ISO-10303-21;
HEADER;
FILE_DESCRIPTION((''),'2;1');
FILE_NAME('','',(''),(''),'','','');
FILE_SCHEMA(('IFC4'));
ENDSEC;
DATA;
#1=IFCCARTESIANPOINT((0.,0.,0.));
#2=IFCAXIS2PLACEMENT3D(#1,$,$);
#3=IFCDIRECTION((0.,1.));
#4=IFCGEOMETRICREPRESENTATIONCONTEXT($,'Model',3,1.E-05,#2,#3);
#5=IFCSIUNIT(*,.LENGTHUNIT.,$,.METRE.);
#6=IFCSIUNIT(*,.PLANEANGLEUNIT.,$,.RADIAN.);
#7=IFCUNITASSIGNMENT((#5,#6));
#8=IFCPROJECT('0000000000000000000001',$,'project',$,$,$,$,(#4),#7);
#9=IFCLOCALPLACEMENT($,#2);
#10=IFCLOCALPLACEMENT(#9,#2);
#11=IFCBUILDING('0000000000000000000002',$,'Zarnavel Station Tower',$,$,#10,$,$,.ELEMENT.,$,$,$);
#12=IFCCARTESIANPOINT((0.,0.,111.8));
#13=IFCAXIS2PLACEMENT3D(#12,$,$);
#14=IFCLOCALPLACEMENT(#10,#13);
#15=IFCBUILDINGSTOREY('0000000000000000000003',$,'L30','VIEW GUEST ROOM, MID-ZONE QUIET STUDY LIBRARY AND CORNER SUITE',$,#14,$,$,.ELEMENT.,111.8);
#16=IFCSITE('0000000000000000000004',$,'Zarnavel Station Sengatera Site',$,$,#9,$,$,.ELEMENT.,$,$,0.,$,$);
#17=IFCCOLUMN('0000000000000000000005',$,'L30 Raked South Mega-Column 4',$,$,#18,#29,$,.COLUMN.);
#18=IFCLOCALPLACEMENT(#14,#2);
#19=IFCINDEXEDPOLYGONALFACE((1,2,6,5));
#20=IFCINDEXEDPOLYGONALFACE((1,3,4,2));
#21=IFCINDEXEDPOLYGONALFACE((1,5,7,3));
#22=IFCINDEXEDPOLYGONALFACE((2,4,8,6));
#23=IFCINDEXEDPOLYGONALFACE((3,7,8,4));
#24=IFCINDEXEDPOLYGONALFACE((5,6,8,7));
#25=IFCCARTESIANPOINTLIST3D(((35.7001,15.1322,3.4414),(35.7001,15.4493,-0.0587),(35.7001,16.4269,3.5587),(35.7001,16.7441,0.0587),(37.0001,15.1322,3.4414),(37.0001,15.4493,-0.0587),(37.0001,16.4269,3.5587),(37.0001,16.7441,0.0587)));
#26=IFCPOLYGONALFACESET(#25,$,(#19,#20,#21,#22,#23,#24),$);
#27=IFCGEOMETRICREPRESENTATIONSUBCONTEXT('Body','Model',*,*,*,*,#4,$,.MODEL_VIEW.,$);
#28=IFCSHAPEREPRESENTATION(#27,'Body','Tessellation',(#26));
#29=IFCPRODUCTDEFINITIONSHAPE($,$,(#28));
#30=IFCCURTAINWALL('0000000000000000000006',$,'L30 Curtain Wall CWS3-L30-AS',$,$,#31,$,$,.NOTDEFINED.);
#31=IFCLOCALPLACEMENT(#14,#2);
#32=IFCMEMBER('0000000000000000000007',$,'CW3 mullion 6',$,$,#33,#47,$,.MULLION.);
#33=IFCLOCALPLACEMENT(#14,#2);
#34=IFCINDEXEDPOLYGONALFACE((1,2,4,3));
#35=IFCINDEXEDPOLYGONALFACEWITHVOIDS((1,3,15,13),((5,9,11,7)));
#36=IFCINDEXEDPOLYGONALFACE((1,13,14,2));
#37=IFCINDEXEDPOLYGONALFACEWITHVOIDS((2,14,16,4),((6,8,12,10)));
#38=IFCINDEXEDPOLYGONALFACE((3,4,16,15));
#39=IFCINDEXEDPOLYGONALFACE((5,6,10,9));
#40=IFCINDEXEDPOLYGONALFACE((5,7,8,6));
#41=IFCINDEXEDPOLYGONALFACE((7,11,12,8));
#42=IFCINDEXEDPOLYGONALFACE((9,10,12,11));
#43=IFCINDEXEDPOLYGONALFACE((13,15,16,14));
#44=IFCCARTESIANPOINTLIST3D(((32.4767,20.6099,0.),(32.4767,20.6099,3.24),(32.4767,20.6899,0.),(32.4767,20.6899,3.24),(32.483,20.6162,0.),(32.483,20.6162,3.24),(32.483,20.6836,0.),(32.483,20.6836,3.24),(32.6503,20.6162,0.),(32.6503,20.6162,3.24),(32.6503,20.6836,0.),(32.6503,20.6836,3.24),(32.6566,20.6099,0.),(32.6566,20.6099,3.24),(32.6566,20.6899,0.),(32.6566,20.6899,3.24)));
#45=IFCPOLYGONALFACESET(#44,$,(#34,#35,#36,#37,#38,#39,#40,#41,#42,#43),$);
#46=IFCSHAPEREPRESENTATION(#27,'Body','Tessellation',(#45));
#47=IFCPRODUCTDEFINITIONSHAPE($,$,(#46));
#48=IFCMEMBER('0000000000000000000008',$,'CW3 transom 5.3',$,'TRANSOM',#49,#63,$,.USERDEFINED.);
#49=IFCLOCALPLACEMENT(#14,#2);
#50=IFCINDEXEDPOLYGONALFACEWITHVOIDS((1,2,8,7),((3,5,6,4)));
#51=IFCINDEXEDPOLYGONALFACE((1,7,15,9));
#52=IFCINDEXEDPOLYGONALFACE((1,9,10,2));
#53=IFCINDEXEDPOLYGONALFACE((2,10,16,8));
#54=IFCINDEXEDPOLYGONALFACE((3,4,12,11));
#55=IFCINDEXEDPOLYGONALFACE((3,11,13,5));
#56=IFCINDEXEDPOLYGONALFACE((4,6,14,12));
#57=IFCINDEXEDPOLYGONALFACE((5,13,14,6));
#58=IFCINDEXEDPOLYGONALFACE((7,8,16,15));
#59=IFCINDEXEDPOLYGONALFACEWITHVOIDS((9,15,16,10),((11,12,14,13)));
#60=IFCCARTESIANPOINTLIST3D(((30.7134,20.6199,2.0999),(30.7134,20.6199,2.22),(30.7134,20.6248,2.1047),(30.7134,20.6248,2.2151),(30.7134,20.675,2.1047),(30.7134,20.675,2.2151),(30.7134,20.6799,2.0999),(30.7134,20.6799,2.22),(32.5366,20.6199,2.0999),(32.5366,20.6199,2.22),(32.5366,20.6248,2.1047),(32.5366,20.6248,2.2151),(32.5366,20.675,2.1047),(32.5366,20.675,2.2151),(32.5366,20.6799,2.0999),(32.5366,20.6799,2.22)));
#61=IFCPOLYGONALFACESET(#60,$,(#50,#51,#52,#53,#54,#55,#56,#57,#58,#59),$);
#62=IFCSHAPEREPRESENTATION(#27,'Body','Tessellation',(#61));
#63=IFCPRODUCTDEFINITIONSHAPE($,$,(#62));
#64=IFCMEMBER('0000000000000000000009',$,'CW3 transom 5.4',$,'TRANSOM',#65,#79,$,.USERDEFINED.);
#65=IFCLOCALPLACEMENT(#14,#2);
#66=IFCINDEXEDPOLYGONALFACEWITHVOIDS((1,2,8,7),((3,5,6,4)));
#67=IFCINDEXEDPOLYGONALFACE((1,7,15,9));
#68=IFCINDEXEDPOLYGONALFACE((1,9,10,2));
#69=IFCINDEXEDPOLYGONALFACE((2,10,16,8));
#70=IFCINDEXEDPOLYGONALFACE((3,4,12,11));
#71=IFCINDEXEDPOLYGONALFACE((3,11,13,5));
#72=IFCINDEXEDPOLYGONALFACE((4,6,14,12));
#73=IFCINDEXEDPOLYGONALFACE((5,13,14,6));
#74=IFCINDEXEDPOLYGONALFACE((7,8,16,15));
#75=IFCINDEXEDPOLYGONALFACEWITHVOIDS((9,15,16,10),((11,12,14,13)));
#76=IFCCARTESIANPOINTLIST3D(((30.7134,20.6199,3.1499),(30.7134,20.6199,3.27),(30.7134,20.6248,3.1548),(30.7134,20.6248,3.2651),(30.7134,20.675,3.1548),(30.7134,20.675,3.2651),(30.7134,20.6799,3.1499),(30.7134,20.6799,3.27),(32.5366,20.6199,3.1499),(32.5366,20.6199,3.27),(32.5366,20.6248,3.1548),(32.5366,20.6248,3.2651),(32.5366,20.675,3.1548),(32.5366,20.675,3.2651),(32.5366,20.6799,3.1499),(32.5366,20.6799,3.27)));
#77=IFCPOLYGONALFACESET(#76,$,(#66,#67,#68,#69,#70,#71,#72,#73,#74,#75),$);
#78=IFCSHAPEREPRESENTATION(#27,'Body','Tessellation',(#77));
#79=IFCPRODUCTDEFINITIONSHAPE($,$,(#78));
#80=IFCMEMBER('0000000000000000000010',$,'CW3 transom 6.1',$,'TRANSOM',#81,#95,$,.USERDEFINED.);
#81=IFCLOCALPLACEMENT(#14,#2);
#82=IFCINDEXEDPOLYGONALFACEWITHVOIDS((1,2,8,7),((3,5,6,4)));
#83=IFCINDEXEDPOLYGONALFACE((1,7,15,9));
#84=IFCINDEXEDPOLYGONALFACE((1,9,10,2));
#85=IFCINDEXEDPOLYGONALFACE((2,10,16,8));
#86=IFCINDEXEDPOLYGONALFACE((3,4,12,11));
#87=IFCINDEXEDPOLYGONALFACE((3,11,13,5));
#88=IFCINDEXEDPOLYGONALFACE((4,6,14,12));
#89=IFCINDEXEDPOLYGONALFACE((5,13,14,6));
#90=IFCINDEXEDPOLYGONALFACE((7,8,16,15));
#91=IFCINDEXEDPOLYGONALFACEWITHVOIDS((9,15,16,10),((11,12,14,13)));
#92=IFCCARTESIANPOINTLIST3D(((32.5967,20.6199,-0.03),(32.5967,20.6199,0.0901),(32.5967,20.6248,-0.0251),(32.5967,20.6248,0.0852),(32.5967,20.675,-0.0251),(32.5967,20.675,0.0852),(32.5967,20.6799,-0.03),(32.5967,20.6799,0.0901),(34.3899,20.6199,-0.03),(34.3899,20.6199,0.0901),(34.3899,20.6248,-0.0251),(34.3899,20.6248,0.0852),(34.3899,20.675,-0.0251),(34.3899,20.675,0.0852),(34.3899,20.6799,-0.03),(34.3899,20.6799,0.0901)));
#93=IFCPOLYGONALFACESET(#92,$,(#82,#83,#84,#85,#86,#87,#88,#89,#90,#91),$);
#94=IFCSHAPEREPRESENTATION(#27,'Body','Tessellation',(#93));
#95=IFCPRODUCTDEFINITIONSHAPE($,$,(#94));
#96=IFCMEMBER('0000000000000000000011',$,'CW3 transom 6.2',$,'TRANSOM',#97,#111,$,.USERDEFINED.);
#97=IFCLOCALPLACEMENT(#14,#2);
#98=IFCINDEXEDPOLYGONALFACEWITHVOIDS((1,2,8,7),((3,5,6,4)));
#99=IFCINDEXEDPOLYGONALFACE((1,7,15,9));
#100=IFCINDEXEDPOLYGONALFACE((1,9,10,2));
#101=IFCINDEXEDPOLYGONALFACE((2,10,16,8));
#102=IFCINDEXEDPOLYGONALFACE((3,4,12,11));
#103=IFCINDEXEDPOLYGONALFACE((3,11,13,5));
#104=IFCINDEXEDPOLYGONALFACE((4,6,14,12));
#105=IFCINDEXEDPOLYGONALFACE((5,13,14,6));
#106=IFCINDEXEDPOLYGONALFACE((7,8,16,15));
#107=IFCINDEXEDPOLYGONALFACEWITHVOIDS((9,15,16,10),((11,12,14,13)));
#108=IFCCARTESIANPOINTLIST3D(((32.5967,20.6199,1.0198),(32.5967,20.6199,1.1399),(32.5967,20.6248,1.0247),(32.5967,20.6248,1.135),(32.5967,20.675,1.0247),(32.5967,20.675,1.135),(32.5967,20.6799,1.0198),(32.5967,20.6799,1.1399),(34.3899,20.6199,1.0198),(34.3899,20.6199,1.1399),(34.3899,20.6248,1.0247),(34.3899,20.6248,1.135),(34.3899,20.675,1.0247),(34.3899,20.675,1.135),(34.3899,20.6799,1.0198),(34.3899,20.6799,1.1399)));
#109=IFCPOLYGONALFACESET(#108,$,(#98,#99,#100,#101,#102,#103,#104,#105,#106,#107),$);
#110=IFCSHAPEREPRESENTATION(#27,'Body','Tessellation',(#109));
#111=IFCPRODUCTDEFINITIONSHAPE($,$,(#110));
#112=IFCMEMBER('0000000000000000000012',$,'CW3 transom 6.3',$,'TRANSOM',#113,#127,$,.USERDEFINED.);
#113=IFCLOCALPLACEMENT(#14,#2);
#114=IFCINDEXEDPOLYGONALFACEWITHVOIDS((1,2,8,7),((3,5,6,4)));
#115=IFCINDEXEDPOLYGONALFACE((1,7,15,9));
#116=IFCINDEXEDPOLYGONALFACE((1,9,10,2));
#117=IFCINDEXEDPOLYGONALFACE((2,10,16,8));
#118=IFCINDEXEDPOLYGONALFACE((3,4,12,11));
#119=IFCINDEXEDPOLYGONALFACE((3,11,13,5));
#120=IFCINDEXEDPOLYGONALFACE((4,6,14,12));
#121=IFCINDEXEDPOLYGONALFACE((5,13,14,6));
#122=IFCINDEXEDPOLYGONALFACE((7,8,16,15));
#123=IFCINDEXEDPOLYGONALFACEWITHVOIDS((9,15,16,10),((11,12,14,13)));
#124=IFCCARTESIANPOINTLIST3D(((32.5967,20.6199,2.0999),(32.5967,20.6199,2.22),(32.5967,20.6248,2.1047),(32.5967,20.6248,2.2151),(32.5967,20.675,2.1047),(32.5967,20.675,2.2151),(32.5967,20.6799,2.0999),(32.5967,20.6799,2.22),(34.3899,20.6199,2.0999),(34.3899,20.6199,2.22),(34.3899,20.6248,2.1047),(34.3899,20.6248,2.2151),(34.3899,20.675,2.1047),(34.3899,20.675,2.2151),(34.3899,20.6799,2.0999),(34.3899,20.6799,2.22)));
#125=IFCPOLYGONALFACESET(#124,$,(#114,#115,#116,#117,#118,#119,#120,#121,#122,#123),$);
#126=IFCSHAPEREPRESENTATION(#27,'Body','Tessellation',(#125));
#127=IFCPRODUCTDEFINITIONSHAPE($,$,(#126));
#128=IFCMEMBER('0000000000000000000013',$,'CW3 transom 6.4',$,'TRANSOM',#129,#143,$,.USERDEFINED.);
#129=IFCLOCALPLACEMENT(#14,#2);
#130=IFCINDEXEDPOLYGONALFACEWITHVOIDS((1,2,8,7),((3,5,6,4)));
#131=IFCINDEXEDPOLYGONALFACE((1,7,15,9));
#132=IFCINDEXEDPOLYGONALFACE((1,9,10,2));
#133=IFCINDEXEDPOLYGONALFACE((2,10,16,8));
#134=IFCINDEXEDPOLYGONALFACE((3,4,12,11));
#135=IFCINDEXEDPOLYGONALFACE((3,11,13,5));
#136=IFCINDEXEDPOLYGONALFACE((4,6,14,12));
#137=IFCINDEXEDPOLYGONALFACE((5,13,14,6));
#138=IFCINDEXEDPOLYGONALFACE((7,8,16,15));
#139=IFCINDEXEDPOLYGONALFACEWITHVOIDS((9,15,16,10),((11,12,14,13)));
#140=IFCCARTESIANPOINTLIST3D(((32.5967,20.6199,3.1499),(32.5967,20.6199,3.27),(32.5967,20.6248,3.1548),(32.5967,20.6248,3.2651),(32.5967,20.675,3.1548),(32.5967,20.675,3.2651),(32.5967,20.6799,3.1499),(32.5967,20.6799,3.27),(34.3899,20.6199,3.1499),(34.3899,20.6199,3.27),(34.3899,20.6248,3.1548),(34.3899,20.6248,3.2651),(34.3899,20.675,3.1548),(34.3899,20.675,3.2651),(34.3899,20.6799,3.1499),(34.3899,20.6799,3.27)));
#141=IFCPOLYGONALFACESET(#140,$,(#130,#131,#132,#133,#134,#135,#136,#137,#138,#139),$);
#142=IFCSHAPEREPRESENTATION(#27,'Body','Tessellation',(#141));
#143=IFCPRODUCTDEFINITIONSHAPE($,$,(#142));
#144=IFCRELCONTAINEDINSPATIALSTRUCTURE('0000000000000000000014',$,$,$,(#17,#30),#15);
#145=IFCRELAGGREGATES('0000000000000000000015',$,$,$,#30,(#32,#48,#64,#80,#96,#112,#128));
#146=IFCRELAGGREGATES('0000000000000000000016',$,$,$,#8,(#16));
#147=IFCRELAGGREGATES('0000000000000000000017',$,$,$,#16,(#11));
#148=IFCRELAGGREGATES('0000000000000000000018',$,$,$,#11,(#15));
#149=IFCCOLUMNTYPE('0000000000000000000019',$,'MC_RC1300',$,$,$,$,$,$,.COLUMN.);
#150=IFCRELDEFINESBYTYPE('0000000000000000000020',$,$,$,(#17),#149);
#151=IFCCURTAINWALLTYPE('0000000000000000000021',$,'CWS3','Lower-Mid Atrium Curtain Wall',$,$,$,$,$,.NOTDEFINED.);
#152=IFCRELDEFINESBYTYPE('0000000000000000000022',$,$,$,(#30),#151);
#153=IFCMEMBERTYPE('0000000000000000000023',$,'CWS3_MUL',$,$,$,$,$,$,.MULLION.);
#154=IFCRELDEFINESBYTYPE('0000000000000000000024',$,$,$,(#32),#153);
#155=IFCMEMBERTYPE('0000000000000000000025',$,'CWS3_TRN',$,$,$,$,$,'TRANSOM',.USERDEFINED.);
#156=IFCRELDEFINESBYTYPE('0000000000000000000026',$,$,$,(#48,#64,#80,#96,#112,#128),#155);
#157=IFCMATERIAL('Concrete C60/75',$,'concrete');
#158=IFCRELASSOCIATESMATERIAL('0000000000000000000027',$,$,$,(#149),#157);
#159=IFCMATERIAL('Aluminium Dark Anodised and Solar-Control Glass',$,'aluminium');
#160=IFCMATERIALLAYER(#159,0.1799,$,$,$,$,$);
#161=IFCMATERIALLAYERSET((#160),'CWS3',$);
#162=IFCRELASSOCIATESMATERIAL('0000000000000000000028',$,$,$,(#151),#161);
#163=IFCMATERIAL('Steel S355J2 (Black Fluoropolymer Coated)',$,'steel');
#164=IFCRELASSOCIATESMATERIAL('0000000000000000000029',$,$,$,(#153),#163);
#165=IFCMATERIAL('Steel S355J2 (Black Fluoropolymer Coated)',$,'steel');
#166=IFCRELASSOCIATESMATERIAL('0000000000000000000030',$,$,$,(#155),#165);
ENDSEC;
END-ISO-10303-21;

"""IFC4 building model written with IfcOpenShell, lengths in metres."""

from ifc_helpers import new_model, si_unit, direction, frame, origin, origin_2d, place, context, subcontext, project, spatial, rectangle, hollow_rectangle, extrude, material, layer, layer_set, material_profile, profile_set, type_object, element, aggregate, save


model = new_model("IFC4")

# Units and contexts
model_context = context("Model", 3, precision=1e-05, world=origin(), true_north=direction((0.0, 1.0)))
body_context = subcontext(model_context, "Body", "Model", "MODEL_VIEW")
ifc_project = project(units=[si_unit("LENGTHUNIT", "METRE"), si_unit("PLANEANGLEUNIT", "RADIAN")], contexts=[model_context])

# Site, building, storey
site_placement = place(None, origin())
site = spatial("IfcSite", under=ifc_project, at=site_placement, Name="Zarnavel Station Sengatera Site", CompositionType="ELEMENT", RefElevation=0.0)
building_placement = place(site_placement, origin())
building = spatial("IfcBuilding", under=site, at=building_placement, Name="Zarnavel Station Tower", CompositionType="ELEMENT")
storey_placement = place(building_placement, frame((0.0, 0.0, 111.8)))
storey = spatial("IfcBuildingStorey", under=building, at=storey_placement, Name="L30", Description="VIEW GUEST ROOM, MID-ZONE QUIET STUDY LIBRARY AND CORNER SUITE", CompositionType="ELEMENT", Elevation=111.8)

# Column
ifc_material_1 = material(Name="Concrete C60/75", Category="concrete")
ifc_material_profile_1 = material_profile(ifc_material_1, rectangle(XDim=1.3, YDim=1.3, at=origin_2d()), Name="RC1300x1300")
ifc_profile_set_1 = profile_set([ifc_material_profile_1], Name="Concrete C60/75")
column_type = type_object("IfcColumnType", Name="MC_RC1300", PredefinedType="COLUMN", material=ifc_profile_set_1)
column_placement = place(storey_placement, frame((36.3501, 16.0967, 0.0), z_axis=(0.0, -0.090241, 0.99592), x_axis=(1.0, 0.0, 0.0)))
element("IfcColumn", 1, at=column_placement, inside=storey, type_object=column_type, Name="L30 Raked South Mega-Column 4", PredefinedType="COLUMN", context=body_context, shape_type="SweptSolid", body=[
    extrude(rectangle(XDim=1.3, YDim=1.3, at=origin_2d()), origin(), (0.0, 0.0, 1.0), 3.5144),
])

# Curtain wall, members
ifc_material_2 = material(Name="Aluminium Dark Anodised and Solar-Control Glass", Category="aluminium")
ifc_layer_1 = layer(ifc_material_2, 0.1799)
ifc_layer_set_1 = layer_set([ifc_layer_1], Name="CWS3")
curtain_wall_type = type_object("IfcCurtainWallType", Name="CWS3", Description="Lower-Mid Atrium Curtain Wall", PredefinedType="NOTDEFINED", material=ifc_layer_set_1)
curtain_wall_placement = place(storey_placement, origin())
curtain_wall = element("IfcCurtainWall", 2, at=curtain_wall_placement, inside=storey, type_object=curtain_wall_type, Name="L30 Curtain Wall CWS3-L30-AS", PredefinedType="NOTDEFINED")
ifc_material_3 = material(Name="Steel S355J2 (Black Fluoropolymer Coated)", Category="steel")
ifc_material_profile_2 = material_profile(ifc_material_3, hollow_rectangle(XDim=0.0801, YDim=0.1799, WallThickness=0.0063, at=origin_2d()), Name="RHS180x80x6.3")
ifc_profile_set_2 = profile_set([ifc_material_profile_2], Name="Steel S355J2 (Black Fluoropolymer Coated)")
member_type_1 = type_object("IfcMemberType", Name="CWS3_MUL", PredefinedType="MULLION", material=ifc_profile_set_2)
member_1_placement = place(storey_placement, frame((32.5667, 20.6499, 0.0), z_axis=(0.0, 0.0, 1.0), x_axis=(0.0, 1.0, 0.0)))
member_1 = element("IfcMember", 3, at=member_1_placement, type_object=member_type_1, Name="CW3 mullion 6", PredefinedType="MULLION", context=body_context, shape_type="SweptSolid", body=[
    extrude(hollow_rectangle(XDim=0.0801, YDim=0.1799, WallThickness=0.0063, at=origin_2d()), origin(), (0.0, 0.0, 1.0), 3.24),
])
ifc_material_4 = material(Name="Steel S355J2 (Black Fluoropolymer Coated)", Category="steel")
ifc_material_profile_3 = material_profile(ifc_material_4, hollow_rectangle(XDim=0.0601, YDim=0.1201, WallThickness=0.0049, at=origin_2d()), Name="RHS120x60x5")
ifc_profile_set_3 = profile_set([ifc_material_profile_3], Name="Steel S355J2 (Black Fluoropolymer Coated)")
member_type_2 = type_object("IfcMemberType", Name="CWS3_TRN", ElementType="TRANSOM", PredefinedType="USERDEFINED", material=ifc_profile_set_3)
member_2_placement = place(storey_placement, frame((30.7134, 20.6499, 2.1599), z_axis=(1.0, 0.0, 0.0), x_axis=(0.0, 1.0, 0.0)))
member_2 = element("IfcMember", 4, at=member_2_placement, type_object=member_type_2, Name="CW3 transom 5.3", ObjectType="TRANSOM", PredefinedType="USERDEFINED", context=body_context, shape_type="SweptSolid", body=[
    extrude(hollow_rectangle(XDim=0.0601, YDim=0.1201, WallThickness=0.0049, at=origin_2d()), origin(), (0.0, 0.0, 1.0), 1.8232),
])
member_3_placement = place(storey_placement, frame((30.7134, 20.6499, 3.21), z_axis=(1.0, 0.0, 0.0), x_axis=(0.0, 1.0, 0.0)))
member_3 = element("IfcMember", 5, at=member_3_placement, type_object=member_type_2, Name="CW3 transom 5.4", ObjectType="TRANSOM", PredefinedType="USERDEFINED", context=body_context, shape_type="SweptSolid", body=[
    extrude(hollow_rectangle(XDim=0.0601, YDim=0.1201, WallThickness=0.0049, at=origin_2d()), origin(), (0.0, 0.0, 1.0), 1.8232),
])
member_4_placement = place(storey_placement, frame((32.5967, 20.6499, 0.03), z_axis=(1.0, 0.0, 0.0), x_axis=(0.0, 1.0, 0.0)))
member_4 = element("IfcMember", 6, at=member_4_placement, type_object=member_type_2, Name="CW3 transom 6.1", ObjectType="TRANSOM", PredefinedType="USERDEFINED", context=body_context, shape_type="SweptSolid", body=[
    extrude(hollow_rectangle(XDim=0.0601, YDim=0.1201, WallThickness=0.0049, at=origin_2d()), origin(), (0.0, 0.0, 1.0), 1.7932),
])
member_5_placement = place(storey_placement, frame((32.5967, 20.6499, 1.0798), z_axis=(1.0, 0.0, 0.0), x_axis=(0.0, 1.0, 0.0)))
member_5 = element("IfcMember", 7, at=member_5_placement, type_object=member_type_2, Name="CW3 transom 6.2", ObjectType="TRANSOM", PredefinedType="USERDEFINED", context=body_context, shape_type="SweptSolid", body=[
    extrude(hollow_rectangle(XDim=0.0601, YDim=0.1201, WallThickness=0.0049, at=origin_2d()), origin(), (0.0, 0.0, 1.0), 1.7932),
])
member_6_placement = place(storey_placement, frame((32.5967, 20.6499, 2.1599), z_axis=(1.0, 0.0, 0.0), x_axis=(0.0, 1.0, 0.0)))
member_6 = element("IfcMember", 8, at=member_6_placement, type_object=member_type_2, Name="CW3 transom 6.3", ObjectType="TRANSOM", PredefinedType="USERDEFINED", context=body_context, shape_type="SweptSolid", body=[
    extrude(hollow_rectangle(XDim=0.0601, YDim=0.1201, WallThickness=0.0049, at=origin_2d()), origin(), (0.0, 0.0, 1.0), 1.7932),
])
member_7_placement = place(storey_placement, frame((32.5967, 20.6499, 3.21), z_axis=(1.0, 0.0, 0.0), x_axis=(0.0, 1.0, 0.0)))
member_7 = element("IfcMember", 9, at=member_7_placement, type_object=member_type_2, Name="CW3 transom 6.4", ObjectType="TRANSOM", PredefinedType="USERDEFINED", context=body_context, shape_type="SweptSolid", body=[
    extrude(hollow_rectangle(XDim=0.0601, YDim=0.1201, WallThickness=0.0049, at=origin_2d()), origin(), (0.0, 0.0, 1.0), 1.7932),
])

aggregate(curtain_wall, [member_1, member_2, member_3, member_4, member_5, member_6, member_7])

save(model, "model.ifc")
